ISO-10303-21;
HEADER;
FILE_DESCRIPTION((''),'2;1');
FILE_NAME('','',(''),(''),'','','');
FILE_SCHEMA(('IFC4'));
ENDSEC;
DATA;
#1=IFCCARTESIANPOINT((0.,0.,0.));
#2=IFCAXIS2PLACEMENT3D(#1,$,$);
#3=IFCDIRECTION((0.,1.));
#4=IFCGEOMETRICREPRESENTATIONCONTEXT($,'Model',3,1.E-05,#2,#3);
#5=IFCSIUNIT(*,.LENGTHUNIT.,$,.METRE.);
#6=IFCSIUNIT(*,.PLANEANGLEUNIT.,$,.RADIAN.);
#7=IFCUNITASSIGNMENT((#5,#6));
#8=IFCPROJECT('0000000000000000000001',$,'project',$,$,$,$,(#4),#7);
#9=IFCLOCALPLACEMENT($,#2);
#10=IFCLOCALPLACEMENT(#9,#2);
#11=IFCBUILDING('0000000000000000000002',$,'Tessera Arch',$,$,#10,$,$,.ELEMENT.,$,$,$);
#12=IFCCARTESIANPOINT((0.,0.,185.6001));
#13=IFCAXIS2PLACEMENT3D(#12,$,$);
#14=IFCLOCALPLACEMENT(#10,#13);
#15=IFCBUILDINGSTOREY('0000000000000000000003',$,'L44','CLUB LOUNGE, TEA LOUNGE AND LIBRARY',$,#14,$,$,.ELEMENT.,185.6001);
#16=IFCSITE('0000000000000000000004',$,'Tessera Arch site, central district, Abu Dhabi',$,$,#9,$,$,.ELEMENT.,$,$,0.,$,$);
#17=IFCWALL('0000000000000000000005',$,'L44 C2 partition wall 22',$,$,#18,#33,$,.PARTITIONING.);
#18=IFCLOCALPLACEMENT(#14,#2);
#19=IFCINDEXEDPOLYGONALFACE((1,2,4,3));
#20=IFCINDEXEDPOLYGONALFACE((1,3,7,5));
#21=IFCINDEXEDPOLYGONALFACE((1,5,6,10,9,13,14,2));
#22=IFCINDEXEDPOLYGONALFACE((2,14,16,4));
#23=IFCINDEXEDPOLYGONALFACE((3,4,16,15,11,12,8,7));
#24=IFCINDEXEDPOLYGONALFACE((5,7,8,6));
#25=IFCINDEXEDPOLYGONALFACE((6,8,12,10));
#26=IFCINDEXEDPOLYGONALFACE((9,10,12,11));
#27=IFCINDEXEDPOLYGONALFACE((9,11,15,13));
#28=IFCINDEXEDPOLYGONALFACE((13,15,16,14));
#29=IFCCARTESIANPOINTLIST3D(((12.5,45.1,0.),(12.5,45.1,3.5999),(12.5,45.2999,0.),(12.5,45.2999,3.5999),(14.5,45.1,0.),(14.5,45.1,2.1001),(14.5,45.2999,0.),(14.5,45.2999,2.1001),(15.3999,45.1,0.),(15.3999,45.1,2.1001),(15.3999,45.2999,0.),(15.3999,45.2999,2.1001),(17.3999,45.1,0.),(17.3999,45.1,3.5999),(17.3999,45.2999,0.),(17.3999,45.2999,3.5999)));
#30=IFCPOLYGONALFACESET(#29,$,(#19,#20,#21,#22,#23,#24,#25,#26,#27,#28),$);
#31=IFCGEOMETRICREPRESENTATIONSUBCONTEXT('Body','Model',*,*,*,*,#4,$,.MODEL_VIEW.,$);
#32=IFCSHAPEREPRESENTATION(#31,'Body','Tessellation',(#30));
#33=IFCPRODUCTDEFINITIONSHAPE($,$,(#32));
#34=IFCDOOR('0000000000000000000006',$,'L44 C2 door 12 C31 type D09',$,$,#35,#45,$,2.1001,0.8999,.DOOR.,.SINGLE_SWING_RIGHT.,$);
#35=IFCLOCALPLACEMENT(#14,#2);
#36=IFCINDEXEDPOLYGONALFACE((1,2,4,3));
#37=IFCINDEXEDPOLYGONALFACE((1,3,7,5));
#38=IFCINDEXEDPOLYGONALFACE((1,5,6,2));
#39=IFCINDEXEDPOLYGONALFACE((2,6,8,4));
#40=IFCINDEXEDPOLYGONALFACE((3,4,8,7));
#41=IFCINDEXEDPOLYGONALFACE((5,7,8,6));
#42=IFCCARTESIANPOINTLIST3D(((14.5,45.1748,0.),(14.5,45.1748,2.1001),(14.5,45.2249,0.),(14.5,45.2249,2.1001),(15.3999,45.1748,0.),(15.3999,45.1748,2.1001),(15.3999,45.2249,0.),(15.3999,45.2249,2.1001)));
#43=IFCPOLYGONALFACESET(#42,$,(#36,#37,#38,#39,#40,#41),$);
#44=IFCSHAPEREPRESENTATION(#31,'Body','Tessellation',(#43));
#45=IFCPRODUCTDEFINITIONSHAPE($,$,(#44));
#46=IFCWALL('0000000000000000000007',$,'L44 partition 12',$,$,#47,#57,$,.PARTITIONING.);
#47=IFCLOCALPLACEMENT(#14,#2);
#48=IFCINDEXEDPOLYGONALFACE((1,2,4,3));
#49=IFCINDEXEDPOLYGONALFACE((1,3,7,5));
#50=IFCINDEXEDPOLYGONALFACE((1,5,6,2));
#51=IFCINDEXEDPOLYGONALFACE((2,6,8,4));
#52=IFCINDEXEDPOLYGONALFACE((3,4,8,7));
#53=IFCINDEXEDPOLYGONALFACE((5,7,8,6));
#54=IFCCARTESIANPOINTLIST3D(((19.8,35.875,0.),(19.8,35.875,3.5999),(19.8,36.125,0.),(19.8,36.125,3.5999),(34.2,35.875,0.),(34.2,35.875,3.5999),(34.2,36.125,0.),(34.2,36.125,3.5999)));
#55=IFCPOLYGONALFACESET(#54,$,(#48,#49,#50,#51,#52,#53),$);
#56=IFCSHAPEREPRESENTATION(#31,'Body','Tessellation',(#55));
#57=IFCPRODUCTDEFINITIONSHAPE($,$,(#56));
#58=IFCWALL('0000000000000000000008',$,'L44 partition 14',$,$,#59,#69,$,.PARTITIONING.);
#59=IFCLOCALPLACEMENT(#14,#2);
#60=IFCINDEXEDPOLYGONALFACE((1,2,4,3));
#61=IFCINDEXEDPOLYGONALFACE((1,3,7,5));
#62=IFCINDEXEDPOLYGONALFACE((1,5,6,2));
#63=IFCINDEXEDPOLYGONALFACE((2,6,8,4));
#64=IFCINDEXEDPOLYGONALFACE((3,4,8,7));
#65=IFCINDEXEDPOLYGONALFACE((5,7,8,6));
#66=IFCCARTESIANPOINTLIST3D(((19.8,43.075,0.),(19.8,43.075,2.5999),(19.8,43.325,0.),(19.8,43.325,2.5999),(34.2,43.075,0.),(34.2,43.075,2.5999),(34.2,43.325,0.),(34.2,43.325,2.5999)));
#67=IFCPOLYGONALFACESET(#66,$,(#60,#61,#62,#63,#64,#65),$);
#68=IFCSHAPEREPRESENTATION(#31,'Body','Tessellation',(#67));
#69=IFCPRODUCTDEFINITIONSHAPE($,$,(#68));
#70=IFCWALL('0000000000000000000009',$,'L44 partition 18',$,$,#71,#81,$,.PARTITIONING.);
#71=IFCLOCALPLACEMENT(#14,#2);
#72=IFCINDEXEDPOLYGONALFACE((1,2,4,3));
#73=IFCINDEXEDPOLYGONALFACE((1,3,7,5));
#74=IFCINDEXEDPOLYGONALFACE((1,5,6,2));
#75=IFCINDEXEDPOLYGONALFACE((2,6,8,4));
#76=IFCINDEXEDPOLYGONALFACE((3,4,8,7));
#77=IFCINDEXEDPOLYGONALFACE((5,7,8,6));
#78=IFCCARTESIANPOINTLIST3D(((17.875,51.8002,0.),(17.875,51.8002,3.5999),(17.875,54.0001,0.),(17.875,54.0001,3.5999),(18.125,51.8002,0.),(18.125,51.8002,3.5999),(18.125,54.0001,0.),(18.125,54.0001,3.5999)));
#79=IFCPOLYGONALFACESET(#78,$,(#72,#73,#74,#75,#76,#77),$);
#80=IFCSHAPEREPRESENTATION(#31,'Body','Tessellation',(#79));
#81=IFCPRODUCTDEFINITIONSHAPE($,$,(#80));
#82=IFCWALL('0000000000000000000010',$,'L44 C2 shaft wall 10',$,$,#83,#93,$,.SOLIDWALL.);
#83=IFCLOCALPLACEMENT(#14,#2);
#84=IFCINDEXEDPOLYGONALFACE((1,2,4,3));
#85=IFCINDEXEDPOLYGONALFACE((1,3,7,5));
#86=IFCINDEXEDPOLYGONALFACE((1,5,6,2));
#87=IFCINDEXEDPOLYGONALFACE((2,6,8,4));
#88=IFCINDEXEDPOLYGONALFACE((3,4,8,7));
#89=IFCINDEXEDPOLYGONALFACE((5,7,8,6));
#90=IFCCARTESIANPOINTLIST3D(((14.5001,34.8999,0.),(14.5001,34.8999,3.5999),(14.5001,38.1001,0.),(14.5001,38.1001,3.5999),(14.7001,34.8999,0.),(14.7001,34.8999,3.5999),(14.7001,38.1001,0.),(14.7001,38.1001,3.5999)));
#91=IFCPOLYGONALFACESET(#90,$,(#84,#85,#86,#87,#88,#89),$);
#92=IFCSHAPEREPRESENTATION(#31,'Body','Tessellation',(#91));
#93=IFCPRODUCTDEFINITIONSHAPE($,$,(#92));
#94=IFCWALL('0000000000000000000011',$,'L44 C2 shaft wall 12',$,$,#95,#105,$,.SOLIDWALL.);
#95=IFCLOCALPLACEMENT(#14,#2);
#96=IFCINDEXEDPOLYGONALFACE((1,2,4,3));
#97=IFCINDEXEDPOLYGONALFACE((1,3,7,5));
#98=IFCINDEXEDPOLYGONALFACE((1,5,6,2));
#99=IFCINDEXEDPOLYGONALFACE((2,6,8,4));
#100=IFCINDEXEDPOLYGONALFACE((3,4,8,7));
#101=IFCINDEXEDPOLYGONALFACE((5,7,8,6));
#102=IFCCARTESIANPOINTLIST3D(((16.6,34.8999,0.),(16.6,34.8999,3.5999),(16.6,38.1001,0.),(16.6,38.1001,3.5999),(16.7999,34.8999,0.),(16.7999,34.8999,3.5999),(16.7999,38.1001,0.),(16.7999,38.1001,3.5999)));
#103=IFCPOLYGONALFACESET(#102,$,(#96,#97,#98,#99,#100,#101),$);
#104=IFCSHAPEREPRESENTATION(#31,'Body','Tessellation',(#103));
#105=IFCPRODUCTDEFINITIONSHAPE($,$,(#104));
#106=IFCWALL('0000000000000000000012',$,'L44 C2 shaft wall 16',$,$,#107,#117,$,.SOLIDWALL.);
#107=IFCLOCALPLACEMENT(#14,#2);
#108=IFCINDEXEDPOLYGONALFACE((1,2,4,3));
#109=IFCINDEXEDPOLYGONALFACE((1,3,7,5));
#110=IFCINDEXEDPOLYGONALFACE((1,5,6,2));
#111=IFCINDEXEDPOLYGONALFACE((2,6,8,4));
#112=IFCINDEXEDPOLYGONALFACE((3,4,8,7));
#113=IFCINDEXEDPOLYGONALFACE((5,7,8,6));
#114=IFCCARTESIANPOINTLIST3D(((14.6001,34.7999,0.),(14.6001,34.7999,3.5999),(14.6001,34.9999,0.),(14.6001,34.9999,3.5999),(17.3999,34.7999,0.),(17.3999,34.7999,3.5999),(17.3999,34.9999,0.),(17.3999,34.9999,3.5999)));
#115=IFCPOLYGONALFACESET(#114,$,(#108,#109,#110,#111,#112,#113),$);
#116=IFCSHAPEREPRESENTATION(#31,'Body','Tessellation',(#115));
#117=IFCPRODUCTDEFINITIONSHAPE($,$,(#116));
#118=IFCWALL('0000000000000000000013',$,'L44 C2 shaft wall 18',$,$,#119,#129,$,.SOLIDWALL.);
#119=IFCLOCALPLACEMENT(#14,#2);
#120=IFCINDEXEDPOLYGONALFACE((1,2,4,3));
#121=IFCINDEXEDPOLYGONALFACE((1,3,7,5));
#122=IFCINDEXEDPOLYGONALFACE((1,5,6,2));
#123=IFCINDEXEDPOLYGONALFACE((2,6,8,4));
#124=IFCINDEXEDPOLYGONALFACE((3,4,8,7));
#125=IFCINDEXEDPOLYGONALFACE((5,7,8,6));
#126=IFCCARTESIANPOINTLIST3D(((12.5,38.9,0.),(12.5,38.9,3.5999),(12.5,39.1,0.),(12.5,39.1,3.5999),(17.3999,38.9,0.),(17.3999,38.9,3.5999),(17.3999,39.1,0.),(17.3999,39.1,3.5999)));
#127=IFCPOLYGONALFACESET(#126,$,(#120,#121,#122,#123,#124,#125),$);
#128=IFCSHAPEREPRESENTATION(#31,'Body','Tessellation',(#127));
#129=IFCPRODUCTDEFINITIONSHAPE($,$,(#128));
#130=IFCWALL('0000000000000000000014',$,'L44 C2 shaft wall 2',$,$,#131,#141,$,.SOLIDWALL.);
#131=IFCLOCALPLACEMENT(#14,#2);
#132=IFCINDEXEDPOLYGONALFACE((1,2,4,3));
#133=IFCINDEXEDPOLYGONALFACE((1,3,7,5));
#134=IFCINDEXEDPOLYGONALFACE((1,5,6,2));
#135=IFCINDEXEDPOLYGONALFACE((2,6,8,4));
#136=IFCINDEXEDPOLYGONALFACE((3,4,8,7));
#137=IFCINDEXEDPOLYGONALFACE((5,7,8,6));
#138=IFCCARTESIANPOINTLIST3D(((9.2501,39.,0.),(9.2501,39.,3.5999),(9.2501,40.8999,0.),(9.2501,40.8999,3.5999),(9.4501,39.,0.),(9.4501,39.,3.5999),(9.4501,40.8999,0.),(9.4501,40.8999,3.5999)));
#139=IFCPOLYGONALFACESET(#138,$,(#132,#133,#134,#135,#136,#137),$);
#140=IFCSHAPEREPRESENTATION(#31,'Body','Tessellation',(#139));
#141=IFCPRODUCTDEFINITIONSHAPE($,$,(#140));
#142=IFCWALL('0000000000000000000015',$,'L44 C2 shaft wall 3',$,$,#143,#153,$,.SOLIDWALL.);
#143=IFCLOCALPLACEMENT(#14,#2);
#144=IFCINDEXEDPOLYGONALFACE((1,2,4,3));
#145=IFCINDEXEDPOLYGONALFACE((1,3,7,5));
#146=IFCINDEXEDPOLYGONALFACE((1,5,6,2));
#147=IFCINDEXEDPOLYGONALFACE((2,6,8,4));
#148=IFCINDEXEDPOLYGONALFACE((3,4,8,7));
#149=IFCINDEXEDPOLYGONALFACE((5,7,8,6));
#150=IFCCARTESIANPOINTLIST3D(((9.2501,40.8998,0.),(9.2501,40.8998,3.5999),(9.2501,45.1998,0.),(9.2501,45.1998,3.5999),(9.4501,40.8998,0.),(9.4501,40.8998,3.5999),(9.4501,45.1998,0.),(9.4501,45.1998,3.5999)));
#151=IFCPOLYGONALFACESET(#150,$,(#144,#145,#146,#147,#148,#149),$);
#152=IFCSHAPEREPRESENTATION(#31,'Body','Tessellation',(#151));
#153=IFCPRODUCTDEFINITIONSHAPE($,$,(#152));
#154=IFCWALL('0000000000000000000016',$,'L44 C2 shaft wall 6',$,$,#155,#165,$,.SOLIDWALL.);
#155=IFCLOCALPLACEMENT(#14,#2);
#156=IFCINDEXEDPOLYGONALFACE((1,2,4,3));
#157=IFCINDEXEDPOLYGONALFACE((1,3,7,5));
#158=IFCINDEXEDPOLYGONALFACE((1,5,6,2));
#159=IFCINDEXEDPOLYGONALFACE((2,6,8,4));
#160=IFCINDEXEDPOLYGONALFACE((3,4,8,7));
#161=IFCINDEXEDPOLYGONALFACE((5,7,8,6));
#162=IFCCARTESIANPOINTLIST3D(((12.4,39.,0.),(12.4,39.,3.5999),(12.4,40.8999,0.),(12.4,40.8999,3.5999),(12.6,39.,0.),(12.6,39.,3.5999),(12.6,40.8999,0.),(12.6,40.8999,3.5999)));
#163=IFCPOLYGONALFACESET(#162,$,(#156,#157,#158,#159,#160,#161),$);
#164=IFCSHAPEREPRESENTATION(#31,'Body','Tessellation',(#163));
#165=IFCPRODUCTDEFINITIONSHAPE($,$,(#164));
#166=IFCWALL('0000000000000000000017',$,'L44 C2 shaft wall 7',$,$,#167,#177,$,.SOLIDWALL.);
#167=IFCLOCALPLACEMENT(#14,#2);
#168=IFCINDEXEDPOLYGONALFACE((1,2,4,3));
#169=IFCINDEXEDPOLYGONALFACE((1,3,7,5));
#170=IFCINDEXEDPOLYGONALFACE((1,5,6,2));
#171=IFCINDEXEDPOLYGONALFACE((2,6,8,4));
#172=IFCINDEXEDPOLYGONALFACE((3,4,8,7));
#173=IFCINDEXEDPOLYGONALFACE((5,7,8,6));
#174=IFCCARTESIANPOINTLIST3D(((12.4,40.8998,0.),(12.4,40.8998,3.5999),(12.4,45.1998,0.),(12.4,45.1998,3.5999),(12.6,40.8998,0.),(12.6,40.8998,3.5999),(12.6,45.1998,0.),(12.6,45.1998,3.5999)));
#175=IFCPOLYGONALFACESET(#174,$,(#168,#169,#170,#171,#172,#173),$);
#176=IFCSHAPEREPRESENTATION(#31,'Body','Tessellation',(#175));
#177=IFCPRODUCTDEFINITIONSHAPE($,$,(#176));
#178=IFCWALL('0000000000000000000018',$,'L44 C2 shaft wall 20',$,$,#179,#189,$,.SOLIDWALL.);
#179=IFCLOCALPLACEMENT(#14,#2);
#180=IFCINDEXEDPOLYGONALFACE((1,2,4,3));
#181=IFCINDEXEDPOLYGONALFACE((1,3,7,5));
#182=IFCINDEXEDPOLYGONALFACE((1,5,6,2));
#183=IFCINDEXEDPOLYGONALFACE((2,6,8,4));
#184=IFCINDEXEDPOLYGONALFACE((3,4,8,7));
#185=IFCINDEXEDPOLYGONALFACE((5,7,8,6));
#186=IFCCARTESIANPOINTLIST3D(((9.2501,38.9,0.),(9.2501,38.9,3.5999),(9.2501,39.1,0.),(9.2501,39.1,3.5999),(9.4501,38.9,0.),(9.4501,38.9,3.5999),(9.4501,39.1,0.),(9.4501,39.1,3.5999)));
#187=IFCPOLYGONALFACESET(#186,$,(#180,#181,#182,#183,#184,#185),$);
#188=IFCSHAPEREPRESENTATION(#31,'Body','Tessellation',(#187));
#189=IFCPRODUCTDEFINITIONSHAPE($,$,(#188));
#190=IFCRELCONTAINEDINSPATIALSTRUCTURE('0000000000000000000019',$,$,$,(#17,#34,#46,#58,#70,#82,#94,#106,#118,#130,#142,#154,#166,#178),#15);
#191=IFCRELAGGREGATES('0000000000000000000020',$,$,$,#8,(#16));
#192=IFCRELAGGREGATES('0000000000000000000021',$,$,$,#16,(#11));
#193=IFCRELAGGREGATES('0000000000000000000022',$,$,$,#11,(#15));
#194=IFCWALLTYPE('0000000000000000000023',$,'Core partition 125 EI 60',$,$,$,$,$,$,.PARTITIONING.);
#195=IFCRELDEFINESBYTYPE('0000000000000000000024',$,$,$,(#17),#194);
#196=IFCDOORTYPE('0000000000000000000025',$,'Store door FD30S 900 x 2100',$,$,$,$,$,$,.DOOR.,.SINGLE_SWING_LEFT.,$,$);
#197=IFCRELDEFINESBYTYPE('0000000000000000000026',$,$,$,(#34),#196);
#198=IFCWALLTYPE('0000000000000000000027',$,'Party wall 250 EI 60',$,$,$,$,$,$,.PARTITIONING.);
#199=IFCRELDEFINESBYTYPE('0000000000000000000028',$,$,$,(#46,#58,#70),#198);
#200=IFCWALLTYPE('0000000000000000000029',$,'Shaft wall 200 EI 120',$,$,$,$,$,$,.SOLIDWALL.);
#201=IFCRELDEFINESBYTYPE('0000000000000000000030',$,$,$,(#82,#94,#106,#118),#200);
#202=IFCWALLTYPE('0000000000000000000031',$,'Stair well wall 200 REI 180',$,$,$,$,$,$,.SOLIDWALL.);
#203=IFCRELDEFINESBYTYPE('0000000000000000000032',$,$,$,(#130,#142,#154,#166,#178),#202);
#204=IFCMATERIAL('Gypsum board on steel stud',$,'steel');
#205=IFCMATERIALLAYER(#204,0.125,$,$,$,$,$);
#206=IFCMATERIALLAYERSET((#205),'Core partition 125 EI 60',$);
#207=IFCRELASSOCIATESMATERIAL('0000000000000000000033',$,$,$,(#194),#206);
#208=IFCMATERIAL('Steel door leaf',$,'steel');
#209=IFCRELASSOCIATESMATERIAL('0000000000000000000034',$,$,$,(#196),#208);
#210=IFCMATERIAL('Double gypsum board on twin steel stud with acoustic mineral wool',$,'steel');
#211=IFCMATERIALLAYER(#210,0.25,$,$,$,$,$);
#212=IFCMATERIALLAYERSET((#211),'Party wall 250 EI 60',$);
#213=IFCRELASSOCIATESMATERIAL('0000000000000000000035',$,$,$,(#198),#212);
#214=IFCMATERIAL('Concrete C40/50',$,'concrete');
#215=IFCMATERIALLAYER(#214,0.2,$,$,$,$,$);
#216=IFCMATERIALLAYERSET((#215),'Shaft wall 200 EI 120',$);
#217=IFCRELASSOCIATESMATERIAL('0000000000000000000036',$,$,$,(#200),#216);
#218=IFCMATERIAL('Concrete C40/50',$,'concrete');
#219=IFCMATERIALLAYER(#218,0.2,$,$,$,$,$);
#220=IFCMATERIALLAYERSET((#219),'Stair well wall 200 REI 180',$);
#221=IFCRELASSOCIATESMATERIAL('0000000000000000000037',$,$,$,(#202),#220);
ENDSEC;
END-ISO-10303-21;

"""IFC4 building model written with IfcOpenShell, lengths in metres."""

from ifc_helpers import new_model, si_unit, direction, frame, frame_2d, origin, place, context, subcontext, project, spatial, rectangle, extrude, material, layer, layer_set, type_object, element, fill, save


model = new_model("IFC4")

# Units and contexts
model_context = context("Model", 3, precision=1e-05, world=origin(), true_north=direction((0.0, 1.0)))
body_context = subcontext(model_context, "Body", "Model", "MODEL_VIEW")
ifc_project = project(units=[si_unit("LENGTHUNIT", "METRE"), si_unit("PLANEANGLEUNIT", "RADIAN")], contexts=[model_context])

# Site, building, storey
site_placement = place(None, origin())
site = spatial("IfcSite", under=ifc_project, at=site_placement, Name="Tessera Arch site, central district, Abu Dhabi", CompositionType="ELEMENT", RefElevation=0.0)
building_placement = place(site_placement, origin())
building = spatial("IfcBuilding", under=site, at=building_placement, Name="Tessera Arch", CompositionType="ELEMENT")
storey_placement = place(building_placement, frame((0.0, 0.0, 185.6001)))
storey = spatial("IfcBuildingStorey", under=building, at=storey_placement, Name="L44", Description="CLUB LOUNGE, TEA LOUNGE AND LIBRARY", CompositionType="ELEMENT", Elevation=185.6001)

# Shared definitions
ifc_material_1 = material(Name="Gypsum board on steel stud", Category="steel")
ifc_layer_1 = layer(ifc_material_1, 0.125)
ifc_layer_set_1 = layer_set([ifc_layer_1], Name="Core partition 125 EI 60")
wall_type_1 = type_object("IfcWallType", Name="Core partition 125 EI 60", PredefinedType="PARTITIONING", material=ifc_layer_set_1)

# Wall, opening, door
wall_1_placement = place(storey_placement, frame((12.5, 45.2, 0.0), z_axis=(0.0, 0.0, 1.0), x_axis=(1.0, 0.0, 0.0)))
wall_1 = element("IfcWall", 1, at=wall_1_placement, inside=storey, type_object=wall_type_1, Name="L44 C2 partition wall 22", PredefinedType="PARTITIONING", context=body_context, shape_type="SweptSolid", body=[
    extrude(rectangle(XDim=4.8999, YDim=0.2, at=frame_2d((2.45, 0.0))), origin(), (0.0, 0.0, 1.0), 3.5999),
])
opening_placement = place(wall_1_placement, frame((2.0, 0.0, 0.0)))
opening = element("IfcOpeningElement", 2, at=opening_placement, cuts=wall_1, PredefinedType="OPENING", context=body_context, shape_type="SweptSolid", body=[
    extrude(rectangle(XDim=0.8999, YDim=2.1001, at=frame_2d((0.45, 1.05))), frame((0.0, 0.1099, 0.0), z_axis=(0.0, -1.0, 0.0), x_axis=(1.0, 0.0, 0.0)), (0.0, 0.0, 1.0), 0.22),
])
ifc_material_2 = material(Name="Steel door leaf", Category="steel")
door_type = type_object("IfcDoorType", Name="Store door FD30S 900 x 2100", OperationType="SINGLE_SWING_LEFT", PredefinedType="DOOR", material=ifc_material_2)
door_placement = place(opening_placement, origin())
door = element("IfcDoor", 3, at=door_placement, inside=storey, type_object=door_type, Name="L44 C2 door 12 C31 type D09", OperationType="SINGLE_SWING_RIGHT", OverallHeight=2.1001, OverallWidth=0.8999, PredefinedType="DOOR", context=body_context, shape_type="SweptSolid", body=[
    extrude(rectangle(XDim=0.8999, YDim=2.1001, at=frame_2d((0.45, 1.05))), frame((0.0, 0.0249, 0.0), z_axis=(0.0, -1.0, 0.0), x_axis=(1.0, 0.0, 0.0)), (0.0, 0.0, 1.0), 0.05),
])
fill(opening, door)

# Walls
ifc_material_3 = material(Name="Double gypsum board on twin steel stud with acoustic mineral wool", Category="steel")
ifc_layer_2 = layer(ifc_material_3, 0.25)
ifc_layer_set_2 = layer_set([ifc_layer_2], Name="Party wall 250 EI 60")
wall_type_2 = type_object("IfcWallType", Name="Party wall 250 EI 60", PredefinedType="PARTITIONING", material=ifc_layer_set_2)
wall_2_placement = place(storey_placement, frame((19.8, 36.0, 0.0), z_axis=(0.0, 0.0, 1.0), x_axis=(1.0, 0.0, 0.0)))
element("IfcWall", 4, at=wall_2_placement, inside=storey, type_object=wall_type_2, Name="L44 partition 12", PredefinedType="PARTITIONING", context=body_context, shape_type="SweptSolid", body=[
    extrude(rectangle(XDim=14.3999, YDim=0.25, at=frame_2d((7.2, 0.0))), origin(), (0.0, 0.0, 1.0), 3.5999),
])
wall_3_placement = place(storey_placement, frame((19.8, 43.2, 0.0), z_axis=(0.0, 0.0, 1.0), x_axis=(1.0, 0.0, 0.0)))
element("IfcWall", 5, at=wall_3_placement, inside=storey, type_object=wall_type_2, Name="L44 partition 14", PredefinedType="PARTITIONING", context=body_context, shape_type="SweptSolid", body=[
    extrude(rectangle(XDim=14.3999, YDim=0.25, at=frame_2d((7.2, 0.0))), origin(), (0.0, 0.0, 1.0), 2.5999),
])
wall_4_placement = place(storey_placement, frame((18.0, 51.8, 0.0), z_axis=(0.0, 0.0, 1.0), x_axis=(0.0, 1.0, 0.0)))
element("IfcWall", 6, at=wall_4_placement, inside=storey, type_object=wall_type_2, Name="L44 partition 18", PredefinedType="PARTITIONING", context=body_context, shape_type="SweptSolid", body=[
    extrude(rectangle(XDim=2.2, YDim=0.25, at=frame_2d((1.1001, 0.0))), origin(), (0.0, 0.0, 1.0), 3.5999),
])
ifc_material_4 = material(Name="Concrete C40/50", Category="concrete")
ifc_layer_3 = layer(ifc_material_4, 0.2)
ifc_layer_set_3 = layer_set([ifc_layer_3], Name="Shaft wall 200 EI 120")
wall_type_3 = type_object("IfcWallType", Name="Shaft wall 200 EI 120", PredefinedType="SOLIDWALL", material=ifc_layer_set_3)
for number, where, z_axis, x_axis, name in (
    (7, (14.6001, 34.8999, 0.0), (0.0, 0.0, 1.0), (0.0, 1.0, 0.0), "L44 C2 shaft wall 10"),
    (8, (16.7, 34.8999, 0.0), (0.0, 0.0, 1.0), (0.0, 1.0, 0.0), "L44 C2 shaft wall 12"),
):
    element("IfcWall", number, at=place(storey_placement, frame(where, z_axis=z_axis, x_axis=x_axis)), inside=storey, type_object=wall_type_3, Name=name, PredefinedType="SOLIDWALL", context=body_context, shape_type="SweptSolid", body=[
        extrude(rectangle(XDim=3.2002, YDim=0.2, at=frame_2d((1.6001, 0.0))), origin(), (0.0, 0.0, 1.0), 3.5999),
    ])
wall_5_placement = place(storey_placement, frame((14.6001, 34.8999, 0.0), z_axis=(0.0, 0.0, 1.0), x_axis=(1.0, 0.0, 0.0)))
element("IfcWall", 9, at=wall_5_placement, inside=storey, type_object=wall_type_3, Name="L44 C2 shaft wall 16", PredefinedType="SOLIDWALL", context=body_context, shape_type="SweptSolid", body=[
    extrude(rectangle(XDim=2.7998, YDim=0.2, at=frame_2d((1.3999, 0.0))), origin(), (0.0, 0.0, 1.0), 3.5999),
])
wall_6_placement = place(storey_placement, frame((12.5, 39.0, 0.0), z_axis=(0.0, 0.0, 1.0), x_axis=(1.0, 0.0, 0.0)))
element("IfcWall", 10, at=wall_6_placement, inside=storey, type_object=wall_type_3, Name="L44 C2 shaft wall 18", PredefinedType="SOLIDWALL", context=body_context, shape_type="SweptSolid", body=[
    extrude(rectangle(XDim=4.8999, YDim=0.2, at=frame_2d((2.45, 0.0))), origin(), (0.0, 0.0, 1.0), 3.5999),
])
ifc_material_5 = material(Name="Concrete C40/50", Category="concrete")
ifc_layer_4 = layer(ifc_material_5, 0.2)
ifc_layer_set_4 = layer_set([ifc_layer_4], Name="Stair well wall 200 REI 180")
wall_type_4 = type_object("IfcWallType", Name="Stair well wall 200 REI 180", PredefinedType="SOLIDWALL", material=ifc_layer_set_4)
wall_7_placement = place(storey_placement, frame((9.3501, 39.0, 0.0), z_axis=(0.0, 0.0, 1.0), x_axis=(0.0, 1.0, 0.0)))
element("IfcWall", 11, at=wall_7_placement, inside=storey, type_object=wall_type_4, Name="L44 C2 shaft wall 2", PredefinedType="SOLIDWALL", context=body_context, shape_type="SweptSolid", body=[
    extrude(rectangle(XDim=1.8999, YDim=0.2, at=frame_2d((0.95, 0.0))), origin(), (0.0, 0.0, 1.0), 3.5999),
])
wall_8_placement = place(storey_placement, frame((9.3501, 40.8999, 0.0), z_axis=(0.0, 0.0, 1.0), x_axis=(0.0, 1.0, 0.0)))
element("IfcWall", 12, at=wall_8_placement, inside=storey, type_object=wall_type_4, Name="L44 C2 shaft wall 3", PredefinedType="SOLIDWALL", context=body_context, shape_type="SweptSolid", body=[
    extrude(rectangle(XDim=4.3, YDim=0.2, at=frame_2d((2.1499, 0.0))), origin(), (0.0, 0.0, 1.0), 3.5999),
])
wall_9_placement = place(storey_placement, frame((12.5, 39.0, 0.0), z_axis=(0.0, 0.0, 1.0), x_axis=(0.0, 1.0, 0.0)))
element("IfcWall", 13, at=wall_9_placement, inside=storey, type_object=wall_type_4, Name="L44 C2 shaft wall 6", PredefinedType="SOLIDWALL", context=body_context, shape_type="SweptSolid", body=[
    extrude(rectangle(XDim=1.8999, YDim=0.2, at=frame_2d((0.95, 0.0))), origin(), (0.0, 0.0, 1.0), 3.5999),
])
wall_10_placement = place(storey_placement, frame((12.5, 40.8999, 0.0), z_axis=(0.0, 0.0, 1.0), x_axis=(0.0, 1.0, 0.0)))
element("IfcWall", 14, at=wall_10_placement, inside=storey, type_object=wall_type_4, Name="L44 C2 shaft wall 7", PredefinedType="SOLIDWALL", context=body_context, shape_type="SweptSolid", body=[
    extrude(rectangle(XDim=4.3, YDim=0.2, at=frame_2d((2.1499, 0.0))), origin(), (0.0, 0.0, 1.0), 3.5999),
])
wall_11_placement = place(storey_placement, frame((9.25, 39.0, 0.0), z_axis=(0.0, 0.0, 1.0), x_axis=(1.0, 0.0, 0.0)))
element("IfcWall", 15, at=wall_11_placement, inside=storey, type_object=wall_type_4, Name="L44 C2 shaft wall 20", PredefinedType="SOLIDWALL", context=body_context, shape_type="SweptSolid", body=[
    extrude(rectangle(XDim=0.2, YDim=0.2, at=frame_2d((0.1001, 0.0))), origin(), (0.0, 0.0, 1.0), 3.5999),
])

save(model, "model.ifc")
